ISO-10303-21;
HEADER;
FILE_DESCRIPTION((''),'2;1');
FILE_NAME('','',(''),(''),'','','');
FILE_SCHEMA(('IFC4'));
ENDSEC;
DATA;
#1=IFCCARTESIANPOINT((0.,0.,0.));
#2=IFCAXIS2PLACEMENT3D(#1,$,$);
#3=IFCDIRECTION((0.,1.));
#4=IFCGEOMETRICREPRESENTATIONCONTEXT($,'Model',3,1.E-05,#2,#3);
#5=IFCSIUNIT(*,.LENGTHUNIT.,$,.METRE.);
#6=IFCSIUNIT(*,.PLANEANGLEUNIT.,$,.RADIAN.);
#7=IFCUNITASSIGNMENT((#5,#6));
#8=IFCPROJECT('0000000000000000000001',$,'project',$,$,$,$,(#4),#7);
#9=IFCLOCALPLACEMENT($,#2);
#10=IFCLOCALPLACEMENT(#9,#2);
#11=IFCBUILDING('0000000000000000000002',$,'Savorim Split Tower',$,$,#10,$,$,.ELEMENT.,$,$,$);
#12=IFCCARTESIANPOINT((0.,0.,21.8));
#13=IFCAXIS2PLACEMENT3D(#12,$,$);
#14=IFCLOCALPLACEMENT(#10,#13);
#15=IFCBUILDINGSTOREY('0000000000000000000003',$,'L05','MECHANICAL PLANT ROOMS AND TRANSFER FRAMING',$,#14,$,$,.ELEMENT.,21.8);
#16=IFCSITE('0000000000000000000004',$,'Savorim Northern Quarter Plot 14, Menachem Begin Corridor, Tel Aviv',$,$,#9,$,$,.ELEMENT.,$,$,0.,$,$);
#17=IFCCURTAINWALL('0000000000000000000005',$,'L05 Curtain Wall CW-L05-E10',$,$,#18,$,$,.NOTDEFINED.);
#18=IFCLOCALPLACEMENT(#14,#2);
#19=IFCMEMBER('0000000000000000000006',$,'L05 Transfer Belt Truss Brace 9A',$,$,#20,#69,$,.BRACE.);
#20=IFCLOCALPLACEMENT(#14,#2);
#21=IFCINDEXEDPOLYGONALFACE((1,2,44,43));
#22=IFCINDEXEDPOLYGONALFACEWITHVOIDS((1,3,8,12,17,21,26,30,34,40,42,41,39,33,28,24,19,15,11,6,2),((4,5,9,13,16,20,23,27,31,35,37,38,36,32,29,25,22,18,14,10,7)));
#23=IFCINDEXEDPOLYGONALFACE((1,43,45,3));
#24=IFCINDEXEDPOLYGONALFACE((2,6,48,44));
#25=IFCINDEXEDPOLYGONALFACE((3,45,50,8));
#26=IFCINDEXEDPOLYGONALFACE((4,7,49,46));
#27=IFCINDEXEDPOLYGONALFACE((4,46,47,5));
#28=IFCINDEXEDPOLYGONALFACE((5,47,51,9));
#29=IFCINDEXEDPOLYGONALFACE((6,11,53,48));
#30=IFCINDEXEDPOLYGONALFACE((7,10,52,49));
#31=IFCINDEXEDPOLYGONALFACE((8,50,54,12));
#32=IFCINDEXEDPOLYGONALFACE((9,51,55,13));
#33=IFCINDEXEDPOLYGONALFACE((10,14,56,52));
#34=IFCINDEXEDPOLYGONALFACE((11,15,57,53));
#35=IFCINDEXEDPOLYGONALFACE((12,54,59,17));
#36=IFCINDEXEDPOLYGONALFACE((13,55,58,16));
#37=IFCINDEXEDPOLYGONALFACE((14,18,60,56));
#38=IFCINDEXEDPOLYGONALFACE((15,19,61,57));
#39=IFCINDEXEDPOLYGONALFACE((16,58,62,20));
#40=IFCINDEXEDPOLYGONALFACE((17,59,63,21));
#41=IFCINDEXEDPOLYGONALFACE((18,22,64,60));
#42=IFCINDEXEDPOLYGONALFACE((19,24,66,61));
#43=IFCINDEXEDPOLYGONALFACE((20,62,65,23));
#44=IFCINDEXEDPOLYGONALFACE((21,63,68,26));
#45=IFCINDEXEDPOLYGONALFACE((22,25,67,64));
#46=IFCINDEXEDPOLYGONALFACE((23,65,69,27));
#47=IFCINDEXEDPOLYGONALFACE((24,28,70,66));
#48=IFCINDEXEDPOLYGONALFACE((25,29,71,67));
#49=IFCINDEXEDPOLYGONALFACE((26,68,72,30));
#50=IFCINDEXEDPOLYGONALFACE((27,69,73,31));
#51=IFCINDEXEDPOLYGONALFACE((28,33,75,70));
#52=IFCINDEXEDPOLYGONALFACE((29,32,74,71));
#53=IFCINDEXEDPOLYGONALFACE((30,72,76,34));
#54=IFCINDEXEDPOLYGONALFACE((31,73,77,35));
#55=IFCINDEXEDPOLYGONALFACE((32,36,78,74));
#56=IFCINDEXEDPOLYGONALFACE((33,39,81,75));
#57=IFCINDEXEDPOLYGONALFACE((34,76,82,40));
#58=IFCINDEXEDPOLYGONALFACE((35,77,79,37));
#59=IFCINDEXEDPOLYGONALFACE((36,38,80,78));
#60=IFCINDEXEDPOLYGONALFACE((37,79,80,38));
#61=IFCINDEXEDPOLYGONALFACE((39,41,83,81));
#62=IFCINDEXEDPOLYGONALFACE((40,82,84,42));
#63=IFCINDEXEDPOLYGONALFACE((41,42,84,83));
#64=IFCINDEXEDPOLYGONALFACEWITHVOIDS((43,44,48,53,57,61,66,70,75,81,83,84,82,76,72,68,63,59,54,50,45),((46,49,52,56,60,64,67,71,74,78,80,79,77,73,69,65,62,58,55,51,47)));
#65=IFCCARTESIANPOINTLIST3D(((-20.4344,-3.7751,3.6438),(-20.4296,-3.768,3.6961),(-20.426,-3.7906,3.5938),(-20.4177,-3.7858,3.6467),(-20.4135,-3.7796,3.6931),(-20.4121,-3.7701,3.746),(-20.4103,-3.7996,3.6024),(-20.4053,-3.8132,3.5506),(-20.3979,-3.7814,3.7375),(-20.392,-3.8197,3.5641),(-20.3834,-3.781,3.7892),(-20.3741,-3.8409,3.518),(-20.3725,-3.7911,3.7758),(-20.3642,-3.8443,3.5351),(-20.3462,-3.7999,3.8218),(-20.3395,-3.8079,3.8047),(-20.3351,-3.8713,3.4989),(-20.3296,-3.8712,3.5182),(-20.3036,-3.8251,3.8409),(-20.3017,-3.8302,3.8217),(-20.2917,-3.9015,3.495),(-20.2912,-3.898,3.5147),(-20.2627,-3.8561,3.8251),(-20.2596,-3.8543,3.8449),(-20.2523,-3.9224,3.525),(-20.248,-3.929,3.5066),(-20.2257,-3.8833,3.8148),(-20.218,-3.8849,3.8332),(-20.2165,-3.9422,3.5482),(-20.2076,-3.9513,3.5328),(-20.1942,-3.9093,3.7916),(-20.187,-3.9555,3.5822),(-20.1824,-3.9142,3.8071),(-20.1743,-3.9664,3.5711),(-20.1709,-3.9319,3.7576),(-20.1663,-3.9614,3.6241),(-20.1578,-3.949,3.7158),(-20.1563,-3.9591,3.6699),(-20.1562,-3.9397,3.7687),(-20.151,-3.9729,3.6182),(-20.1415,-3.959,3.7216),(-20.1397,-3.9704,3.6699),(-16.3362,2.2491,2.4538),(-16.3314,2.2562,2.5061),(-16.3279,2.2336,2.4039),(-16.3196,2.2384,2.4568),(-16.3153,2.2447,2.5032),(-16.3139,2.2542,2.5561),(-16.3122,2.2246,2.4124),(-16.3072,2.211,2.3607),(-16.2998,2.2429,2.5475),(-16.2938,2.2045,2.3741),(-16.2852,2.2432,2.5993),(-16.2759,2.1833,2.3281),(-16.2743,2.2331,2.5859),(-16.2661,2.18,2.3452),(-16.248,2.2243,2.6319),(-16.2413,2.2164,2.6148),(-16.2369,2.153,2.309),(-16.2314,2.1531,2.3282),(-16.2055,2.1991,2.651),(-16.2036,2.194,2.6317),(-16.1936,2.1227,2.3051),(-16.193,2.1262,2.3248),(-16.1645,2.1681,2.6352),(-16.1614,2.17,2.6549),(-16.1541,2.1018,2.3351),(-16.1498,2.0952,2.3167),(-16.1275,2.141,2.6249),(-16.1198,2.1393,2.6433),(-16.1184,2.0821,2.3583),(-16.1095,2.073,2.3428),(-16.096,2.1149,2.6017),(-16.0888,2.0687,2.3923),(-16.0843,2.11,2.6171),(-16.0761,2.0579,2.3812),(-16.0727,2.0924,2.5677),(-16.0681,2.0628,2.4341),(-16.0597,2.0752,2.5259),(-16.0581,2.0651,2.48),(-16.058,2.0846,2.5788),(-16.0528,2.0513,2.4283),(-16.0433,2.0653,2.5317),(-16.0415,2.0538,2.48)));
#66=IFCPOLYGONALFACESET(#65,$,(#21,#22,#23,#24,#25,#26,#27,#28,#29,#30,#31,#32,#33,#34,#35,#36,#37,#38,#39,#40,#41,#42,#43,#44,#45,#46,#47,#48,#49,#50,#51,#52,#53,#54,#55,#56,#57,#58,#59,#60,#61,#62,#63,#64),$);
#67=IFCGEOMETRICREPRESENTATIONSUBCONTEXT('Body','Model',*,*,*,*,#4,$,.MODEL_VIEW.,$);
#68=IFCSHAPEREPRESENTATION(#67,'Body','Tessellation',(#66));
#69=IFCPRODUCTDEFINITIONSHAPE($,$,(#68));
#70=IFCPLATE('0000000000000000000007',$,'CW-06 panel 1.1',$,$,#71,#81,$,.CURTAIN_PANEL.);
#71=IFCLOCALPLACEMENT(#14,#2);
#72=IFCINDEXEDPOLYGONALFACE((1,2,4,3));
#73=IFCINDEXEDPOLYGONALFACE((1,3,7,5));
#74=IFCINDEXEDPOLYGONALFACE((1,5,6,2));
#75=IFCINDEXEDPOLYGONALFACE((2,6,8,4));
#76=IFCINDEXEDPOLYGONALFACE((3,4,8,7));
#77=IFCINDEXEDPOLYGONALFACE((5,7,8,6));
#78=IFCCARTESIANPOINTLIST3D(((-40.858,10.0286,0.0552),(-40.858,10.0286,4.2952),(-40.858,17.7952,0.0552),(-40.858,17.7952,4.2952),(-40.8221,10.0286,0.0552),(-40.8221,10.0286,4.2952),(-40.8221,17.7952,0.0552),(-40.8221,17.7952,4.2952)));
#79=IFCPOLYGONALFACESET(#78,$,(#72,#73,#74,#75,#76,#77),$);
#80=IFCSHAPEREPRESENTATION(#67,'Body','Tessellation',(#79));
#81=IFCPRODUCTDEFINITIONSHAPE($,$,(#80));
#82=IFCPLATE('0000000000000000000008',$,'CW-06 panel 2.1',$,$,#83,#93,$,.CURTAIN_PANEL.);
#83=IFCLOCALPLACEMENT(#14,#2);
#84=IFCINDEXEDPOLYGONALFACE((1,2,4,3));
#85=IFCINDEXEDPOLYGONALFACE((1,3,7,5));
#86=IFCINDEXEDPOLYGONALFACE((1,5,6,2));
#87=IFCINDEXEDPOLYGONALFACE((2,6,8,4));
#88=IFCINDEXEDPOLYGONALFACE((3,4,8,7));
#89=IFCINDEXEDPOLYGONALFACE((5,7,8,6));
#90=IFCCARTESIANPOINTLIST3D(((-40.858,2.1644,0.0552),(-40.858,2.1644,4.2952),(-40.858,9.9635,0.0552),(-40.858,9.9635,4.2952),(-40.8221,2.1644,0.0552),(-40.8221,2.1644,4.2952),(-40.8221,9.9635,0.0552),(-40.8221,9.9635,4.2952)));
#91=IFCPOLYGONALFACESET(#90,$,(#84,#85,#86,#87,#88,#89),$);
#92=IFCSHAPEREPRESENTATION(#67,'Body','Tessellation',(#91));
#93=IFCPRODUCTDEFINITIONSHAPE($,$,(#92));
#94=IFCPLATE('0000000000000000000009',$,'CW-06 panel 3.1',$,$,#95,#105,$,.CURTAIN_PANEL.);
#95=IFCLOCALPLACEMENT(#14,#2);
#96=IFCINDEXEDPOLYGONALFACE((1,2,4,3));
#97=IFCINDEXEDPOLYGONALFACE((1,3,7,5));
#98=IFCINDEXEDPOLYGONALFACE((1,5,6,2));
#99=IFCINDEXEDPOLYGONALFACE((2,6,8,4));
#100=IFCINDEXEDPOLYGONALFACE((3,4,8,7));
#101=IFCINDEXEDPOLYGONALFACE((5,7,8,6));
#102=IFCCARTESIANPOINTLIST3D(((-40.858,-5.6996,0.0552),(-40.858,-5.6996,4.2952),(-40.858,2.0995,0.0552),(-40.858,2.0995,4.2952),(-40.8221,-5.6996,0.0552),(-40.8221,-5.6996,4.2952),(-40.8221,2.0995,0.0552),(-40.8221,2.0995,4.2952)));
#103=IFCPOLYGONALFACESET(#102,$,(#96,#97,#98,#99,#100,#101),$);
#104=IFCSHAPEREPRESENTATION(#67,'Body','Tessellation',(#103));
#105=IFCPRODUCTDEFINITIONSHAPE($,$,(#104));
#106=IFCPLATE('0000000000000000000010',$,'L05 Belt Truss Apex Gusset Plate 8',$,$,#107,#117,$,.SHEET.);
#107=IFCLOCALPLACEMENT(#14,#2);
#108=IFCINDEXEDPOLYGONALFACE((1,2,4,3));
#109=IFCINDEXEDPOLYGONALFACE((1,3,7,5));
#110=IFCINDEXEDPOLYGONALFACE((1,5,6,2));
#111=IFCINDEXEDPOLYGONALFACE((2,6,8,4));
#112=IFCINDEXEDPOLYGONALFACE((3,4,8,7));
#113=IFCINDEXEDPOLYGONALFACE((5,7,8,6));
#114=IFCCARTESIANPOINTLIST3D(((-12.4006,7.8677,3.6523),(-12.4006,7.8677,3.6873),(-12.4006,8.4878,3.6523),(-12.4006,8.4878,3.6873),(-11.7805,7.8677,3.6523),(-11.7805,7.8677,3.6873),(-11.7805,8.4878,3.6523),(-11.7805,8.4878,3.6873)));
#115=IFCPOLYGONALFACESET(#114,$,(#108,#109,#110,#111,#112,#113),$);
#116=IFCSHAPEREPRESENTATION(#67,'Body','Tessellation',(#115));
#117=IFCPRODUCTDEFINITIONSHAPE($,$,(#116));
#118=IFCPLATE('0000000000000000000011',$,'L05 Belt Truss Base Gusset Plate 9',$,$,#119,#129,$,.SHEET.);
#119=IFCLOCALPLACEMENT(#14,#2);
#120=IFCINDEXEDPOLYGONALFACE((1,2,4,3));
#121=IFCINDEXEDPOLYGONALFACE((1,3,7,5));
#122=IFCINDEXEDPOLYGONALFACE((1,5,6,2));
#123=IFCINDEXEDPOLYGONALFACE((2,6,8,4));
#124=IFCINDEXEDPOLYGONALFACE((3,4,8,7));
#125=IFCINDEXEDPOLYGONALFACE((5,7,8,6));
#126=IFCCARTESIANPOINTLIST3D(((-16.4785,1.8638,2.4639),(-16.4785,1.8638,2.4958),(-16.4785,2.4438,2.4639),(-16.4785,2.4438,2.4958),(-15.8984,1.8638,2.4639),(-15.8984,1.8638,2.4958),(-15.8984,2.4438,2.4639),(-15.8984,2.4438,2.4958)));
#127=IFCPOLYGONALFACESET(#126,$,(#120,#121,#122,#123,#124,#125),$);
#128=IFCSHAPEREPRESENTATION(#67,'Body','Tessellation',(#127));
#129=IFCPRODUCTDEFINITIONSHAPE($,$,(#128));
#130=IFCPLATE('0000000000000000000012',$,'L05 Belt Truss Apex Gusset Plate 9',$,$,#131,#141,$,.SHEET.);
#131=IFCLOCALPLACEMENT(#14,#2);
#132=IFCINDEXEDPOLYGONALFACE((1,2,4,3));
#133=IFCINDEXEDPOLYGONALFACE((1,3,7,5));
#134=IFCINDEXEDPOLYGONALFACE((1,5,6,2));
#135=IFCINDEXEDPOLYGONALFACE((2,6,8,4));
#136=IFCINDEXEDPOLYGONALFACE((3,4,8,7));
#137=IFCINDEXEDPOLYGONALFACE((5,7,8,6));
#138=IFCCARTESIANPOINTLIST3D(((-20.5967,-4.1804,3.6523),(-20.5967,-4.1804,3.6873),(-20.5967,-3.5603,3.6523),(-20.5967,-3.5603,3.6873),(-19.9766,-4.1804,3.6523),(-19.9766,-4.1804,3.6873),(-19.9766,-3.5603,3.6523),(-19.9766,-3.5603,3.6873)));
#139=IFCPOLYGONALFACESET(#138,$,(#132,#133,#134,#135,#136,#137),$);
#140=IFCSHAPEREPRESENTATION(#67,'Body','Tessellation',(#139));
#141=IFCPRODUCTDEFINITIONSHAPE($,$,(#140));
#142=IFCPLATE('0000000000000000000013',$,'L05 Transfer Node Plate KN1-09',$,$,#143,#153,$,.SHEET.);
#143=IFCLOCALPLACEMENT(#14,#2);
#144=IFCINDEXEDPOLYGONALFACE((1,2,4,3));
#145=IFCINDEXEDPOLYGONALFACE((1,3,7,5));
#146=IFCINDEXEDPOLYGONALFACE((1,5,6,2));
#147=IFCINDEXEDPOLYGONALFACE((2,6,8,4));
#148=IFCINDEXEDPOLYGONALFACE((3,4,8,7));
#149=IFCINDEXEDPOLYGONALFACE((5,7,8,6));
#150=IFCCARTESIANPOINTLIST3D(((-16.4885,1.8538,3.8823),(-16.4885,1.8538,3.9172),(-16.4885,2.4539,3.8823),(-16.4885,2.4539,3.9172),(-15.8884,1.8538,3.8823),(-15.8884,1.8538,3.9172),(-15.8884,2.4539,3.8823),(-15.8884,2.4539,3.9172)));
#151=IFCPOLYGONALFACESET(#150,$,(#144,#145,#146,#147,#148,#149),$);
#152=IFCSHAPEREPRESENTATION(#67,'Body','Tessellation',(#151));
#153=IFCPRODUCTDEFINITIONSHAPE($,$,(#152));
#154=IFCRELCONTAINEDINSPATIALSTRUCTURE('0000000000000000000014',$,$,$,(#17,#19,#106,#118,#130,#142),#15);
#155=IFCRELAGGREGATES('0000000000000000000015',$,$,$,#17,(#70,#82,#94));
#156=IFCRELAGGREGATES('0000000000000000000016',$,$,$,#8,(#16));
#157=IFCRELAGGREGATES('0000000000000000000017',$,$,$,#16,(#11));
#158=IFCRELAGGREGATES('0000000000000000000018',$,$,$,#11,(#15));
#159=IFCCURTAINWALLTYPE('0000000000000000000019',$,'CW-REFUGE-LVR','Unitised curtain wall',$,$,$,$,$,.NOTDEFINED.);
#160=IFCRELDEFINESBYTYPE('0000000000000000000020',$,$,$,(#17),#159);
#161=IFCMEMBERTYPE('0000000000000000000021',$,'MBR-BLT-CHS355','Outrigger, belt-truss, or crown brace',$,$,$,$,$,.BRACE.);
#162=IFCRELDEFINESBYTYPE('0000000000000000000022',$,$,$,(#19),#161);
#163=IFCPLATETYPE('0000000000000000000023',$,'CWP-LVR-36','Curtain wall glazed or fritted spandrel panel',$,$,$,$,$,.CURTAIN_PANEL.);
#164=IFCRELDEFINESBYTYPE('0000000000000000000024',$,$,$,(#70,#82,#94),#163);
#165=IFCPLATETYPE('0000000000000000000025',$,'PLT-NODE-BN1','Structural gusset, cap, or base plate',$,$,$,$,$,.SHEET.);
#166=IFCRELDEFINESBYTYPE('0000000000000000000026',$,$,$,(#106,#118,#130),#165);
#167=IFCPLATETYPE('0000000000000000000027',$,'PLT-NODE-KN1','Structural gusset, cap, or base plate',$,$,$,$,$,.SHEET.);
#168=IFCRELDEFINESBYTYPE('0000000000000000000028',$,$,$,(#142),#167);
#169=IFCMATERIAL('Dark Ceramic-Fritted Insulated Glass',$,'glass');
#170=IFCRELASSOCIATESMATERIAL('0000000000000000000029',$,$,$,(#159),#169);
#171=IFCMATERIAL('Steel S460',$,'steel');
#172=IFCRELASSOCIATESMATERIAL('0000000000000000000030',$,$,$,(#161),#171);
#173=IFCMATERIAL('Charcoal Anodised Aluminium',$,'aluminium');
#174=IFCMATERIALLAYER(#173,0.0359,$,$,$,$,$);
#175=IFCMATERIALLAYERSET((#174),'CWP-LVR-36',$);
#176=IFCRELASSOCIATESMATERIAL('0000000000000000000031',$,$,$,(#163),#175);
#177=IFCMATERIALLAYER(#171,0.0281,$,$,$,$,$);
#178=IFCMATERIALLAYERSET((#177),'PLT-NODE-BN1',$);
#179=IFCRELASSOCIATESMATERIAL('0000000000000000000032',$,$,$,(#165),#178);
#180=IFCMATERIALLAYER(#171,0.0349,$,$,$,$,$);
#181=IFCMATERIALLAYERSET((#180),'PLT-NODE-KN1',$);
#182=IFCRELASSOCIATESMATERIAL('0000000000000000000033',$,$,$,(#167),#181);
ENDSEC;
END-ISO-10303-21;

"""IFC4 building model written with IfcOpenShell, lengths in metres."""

from ifc_helpers import new_model, si_unit, direction, frame, origin, origin_2d, place, context, subcontext, project, spatial, rectangle, hollow_circle, extrude, material, layer, layer_set, material_profile, profile_set, type_object, element, aggregate, save


model = new_model("IFC4")

# Units and contexts
model_context = context("Model", 3, precision=1e-05, world=origin(), true_north=direction((0.0, 1.0)))
body_context = subcontext(model_context, "Body", "Model", "MODEL_VIEW")
ifc_project = project(units=[si_unit("LENGTHUNIT", "METRE"), si_unit("PLANEANGLEUNIT", "RADIAN")], contexts=[model_context])

# Site, building, storey
site_placement = place(None, origin())
site = spatial("IfcSite", under=ifc_project, at=site_placement, Name="Savorim Northern Quarter Plot 14, Menachem Begin Corridor, Tel Aviv", CompositionType="ELEMENT", RefElevation=0.0)
building_placement = place(site_placement, origin())
building = spatial("IfcBuilding", under=site, at=building_placement, Name="Savorim Split Tower", CompositionType="ELEMENT")
storey_placement = place(building_placement, frame((0.0, 0.0, 21.8)))
storey = spatial("IfcBuildingStorey", under=building, at=storey_placement, Name="L05", Description="MECHANICAL PLANT ROOMS AND TRANSFER FRAMING", CompositionType="ELEMENT", Elevation=21.8)

# Shared definitions
ifc_material_1 = material(Name="Steel S460", Category="steel")

# Curtain wall
ifc_material_2 = material(Name="Dark Ceramic-Fritted Insulated Glass", Category="glass")
curtain_wall_type = type_object("IfcCurtainWallType", Name="CW-REFUGE-LVR", Description="Unitised curtain wall", PredefinedType="NOTDEFINED", material=ifc_material_2)
curtain_wall_placement = place(storey_placement, origin())
curtain_wall = element("IfcCurtainWall", 1, at=curtain_wall_placement, inside=storey, type_object=curtain_wall_type, Name="L05 Curtain Wall CW-L05-E10", PredefinedType="NOTDEFINED")
ifc_material_3 = material(Name="Charcoal Anodised Aluminium", Category="aluminium")

# Member
ifc_material_profile_1 = material_profile(ifc_material_1, hollow_circle(Radius=0.1777, WallThickness=0.02, at=origin_2d()), Name="CHS 355.6x20")
ifc_profile_set_1 = profile_set([ifc_material_profile_1], Name="Steel S460")
member_type_1 = type_object("IfcMemberType", Name="MBR-BLT-CHS355", Description="Outrigger, belt-truss, or crown brace", PredefinedType="BRACE", material=ifc_profile_set_1)
member_1_placement = place(storey_placement, frame((-16.1885, 2.1538, 2.48), z_axis=(-0.555116, -0.816006, 0.161184), x_axis=(0.826817, -0.56247, 0.0)))
element("IfcMember", 2, at=member_1_placement, inside=storey, type_object=member_type_1, Name="L05 Transfer Belt Truss Brace 9A", PredefinedType="BRACE", context=body_context, shape_type="SweptSolid", body=[
    extrude(hollow_circle(Radius=0.1777, WallThickness=0.02, at=origin_2d()), origin(), (0.0, 0.0, 1.0), 7.3826),
])

# Plates
ifc_layer_1 = layer(ifc_material_3, 0.0359)
ifc_layer_set_1 = layer_set([ifc_layer_1], Name="CWP-LVR-36")
plate_type_1 = type_object("IfcPlateType", Name="CWP-LVR-36", Description="Curtain wall glazed or fritted spandrel panel", PredefinedType="CURTAIN_PANEL", material=ifc_layer_set_1)
plate_1_placement = place(storey_placement, frame((-40.8401, 13.9119, 0.0552), z_axis=(0.0, 0.0, 1.0), x_axis=(0.0, -1.0, 0.0)))
plate_1 = element("IfcPlate", 3, at=plate_1_placement, type_object=plate_type_1, Name="CW-06 panel 1.1", PredefinedType="CURTAIN_PANEL", context=body_context, shape_type="SweptSolid", body=[
    extrude(rectangle(XDim=7.7666, YDim=0.0359, at=origin_2d()), origin(), (0.0, 0.0, 1.0), 4.24),
])
plate_2_placement = place(storey_placement, frame((-40.8401, 6.064, 0.0552), z_axis=(0.0, 0.0, 1.0), x_axis=(0.0, -1.0, 0.0)))
plate_2 = element("IfcPlate", 4, at=plate_2_placement, type_object=plate_type_1, Name="CW-06 panel 2.1", PredefinedType="CURTAIN_PANEL", context=body_context, shape_type="SweptSolid", body=[
    extrude(rectangle(XDim=7.7991, YDim=0.0359, at=origin_2d()), origin(), (0.0, 0.0, 1.0), 4.24),
])
plate_3_placement = place(storey_placement, frame((-40.8401, -1.8, 0.0552), z_axis=(0.0, 0.0, 1.0), x_axis=(0.0, -1.0, 0.0)))
plate_3 = element("IfcPlate", 5, at=plate_3_placement, type_object=plate_type_1, Name="CW-06 panel 3.1", PredefinedType="CURTAIN_PANEL", context=body_context, shape_type="SweptSolid", body=[
    extrude(rectangle(XDim=7.7991, YDim=0.0359, at=origin_2d()), origin(), (0.0, 0.0, 1.0), 4.24),
])
aggregate(curtain_wall, [plate_1, plate_2, plate_3])

# Plates
ifc_layer_2 = layer(ifc_material_1, 0.0281)
ifc_layer_set_2 = layer_set([ifc_layer_2], Name="PLT-NODE-BN1")
plate_type_2 = type_object("IfcPlateType", Name="PLT-NODE-BN1", Description="Structural gusset, cap, or base plate", PredefinedType="SHEET", material=ifc_layer_set_2)
plate_4_placement = place(storey_placement, frame((-12.0906, 8.1777, 3.6523), z_axis=(0.0, 0.0, 1.0), x_axis=(1.0, 0.0, 0.0)))
element("IfcPlate", 6, at=plate_4_placement, inside=storey, type_object=plate_type_2, Name="L05 Belt Truss Apex Gusset Plate 8", PredefinedType="SHEET", context=body_context, shape_type="SweptSolid", body=[
    extrude(rectangle(XDim=0.6201, YDim=0.6201, at=origin_2d()), origin(), (0.0, 0.0, 1.0), 0.0349),
])
plate_5_placement = place(storey_placement, frame((-16.1885, 2.1538, 2.4639), z_axis=(0.0, 0.0, 1.0), x_axis=(1.0, 0.0, 0.0)))
element("IfcPlate", 7, at=plate_5_placement, inside=storey, type_object=plate_type_2, Name="L05 Belt Truss Base Gusset Plate 9", PredefinedType="SHEET", context=body_context, shape_type="SweptSolid", body=[
    extrude(rectangle(XDim=0.5801, YDim=0.5801, at=origin_2d()), origin(), (0.0, 0.0, 1.0), 0.032),
])
plate_6_placement = place(storey_placement, frame((-20.2866, -3.8704, 3.6523), z_axis=(0.0, 0.0, 1.0), x_axis=(1.0, 0.0, 0.0)))
element("IfcPlate", 8, at=plate_6_placement, inside=storey, type_object=plate_type_2, Name="L05 Belt Truss Apex Gusset Plate 9", PredefinedType="SHEET", context=body_context, shape_type="SweptSolid", body=[
    extrude(rectangle(XDim=0.6201, YDim=0.6201, at=origin_2d()), origin(), (0.0, 0.0, 1.0), 0.0349),
])
ifc_layer_3 = layer(ifc_material_1, 0.0349)
ifc_layer_set_3 = layer_set([ifc_layer_3], Name="PLT-NODE-KN1")
plate_type_3 = type_object("IfcPlateType", Name="PLT-NODE-KN1", Description="Structural gusset, cap, or base plate", PredefinedType="SHEET", material=ifc_layer_set_3)
plate_7_placement = place(storey_placement, frame((-16.1885, 2.1538, 3.8823), z_axis=(0.0, 0.0, 1.0), x_axis=(1.0, 0.0, 0.0)))
element("IfcPlate", 9, at=plate_7_placement, inside=storey, type_object=plate_type_3, Name="L05 Transfer Node Plate KN1-09", PredefinedType="SHEET", context=body_context, shape_type="SweptSolid", body=[
    extrude(rectangle(XDim=0.6001, YDim=0.6001, at=origin_2d()), origin(), (0.0, 0.0, 1.0), 0.0349),
])

save(model, "model.ifc")
